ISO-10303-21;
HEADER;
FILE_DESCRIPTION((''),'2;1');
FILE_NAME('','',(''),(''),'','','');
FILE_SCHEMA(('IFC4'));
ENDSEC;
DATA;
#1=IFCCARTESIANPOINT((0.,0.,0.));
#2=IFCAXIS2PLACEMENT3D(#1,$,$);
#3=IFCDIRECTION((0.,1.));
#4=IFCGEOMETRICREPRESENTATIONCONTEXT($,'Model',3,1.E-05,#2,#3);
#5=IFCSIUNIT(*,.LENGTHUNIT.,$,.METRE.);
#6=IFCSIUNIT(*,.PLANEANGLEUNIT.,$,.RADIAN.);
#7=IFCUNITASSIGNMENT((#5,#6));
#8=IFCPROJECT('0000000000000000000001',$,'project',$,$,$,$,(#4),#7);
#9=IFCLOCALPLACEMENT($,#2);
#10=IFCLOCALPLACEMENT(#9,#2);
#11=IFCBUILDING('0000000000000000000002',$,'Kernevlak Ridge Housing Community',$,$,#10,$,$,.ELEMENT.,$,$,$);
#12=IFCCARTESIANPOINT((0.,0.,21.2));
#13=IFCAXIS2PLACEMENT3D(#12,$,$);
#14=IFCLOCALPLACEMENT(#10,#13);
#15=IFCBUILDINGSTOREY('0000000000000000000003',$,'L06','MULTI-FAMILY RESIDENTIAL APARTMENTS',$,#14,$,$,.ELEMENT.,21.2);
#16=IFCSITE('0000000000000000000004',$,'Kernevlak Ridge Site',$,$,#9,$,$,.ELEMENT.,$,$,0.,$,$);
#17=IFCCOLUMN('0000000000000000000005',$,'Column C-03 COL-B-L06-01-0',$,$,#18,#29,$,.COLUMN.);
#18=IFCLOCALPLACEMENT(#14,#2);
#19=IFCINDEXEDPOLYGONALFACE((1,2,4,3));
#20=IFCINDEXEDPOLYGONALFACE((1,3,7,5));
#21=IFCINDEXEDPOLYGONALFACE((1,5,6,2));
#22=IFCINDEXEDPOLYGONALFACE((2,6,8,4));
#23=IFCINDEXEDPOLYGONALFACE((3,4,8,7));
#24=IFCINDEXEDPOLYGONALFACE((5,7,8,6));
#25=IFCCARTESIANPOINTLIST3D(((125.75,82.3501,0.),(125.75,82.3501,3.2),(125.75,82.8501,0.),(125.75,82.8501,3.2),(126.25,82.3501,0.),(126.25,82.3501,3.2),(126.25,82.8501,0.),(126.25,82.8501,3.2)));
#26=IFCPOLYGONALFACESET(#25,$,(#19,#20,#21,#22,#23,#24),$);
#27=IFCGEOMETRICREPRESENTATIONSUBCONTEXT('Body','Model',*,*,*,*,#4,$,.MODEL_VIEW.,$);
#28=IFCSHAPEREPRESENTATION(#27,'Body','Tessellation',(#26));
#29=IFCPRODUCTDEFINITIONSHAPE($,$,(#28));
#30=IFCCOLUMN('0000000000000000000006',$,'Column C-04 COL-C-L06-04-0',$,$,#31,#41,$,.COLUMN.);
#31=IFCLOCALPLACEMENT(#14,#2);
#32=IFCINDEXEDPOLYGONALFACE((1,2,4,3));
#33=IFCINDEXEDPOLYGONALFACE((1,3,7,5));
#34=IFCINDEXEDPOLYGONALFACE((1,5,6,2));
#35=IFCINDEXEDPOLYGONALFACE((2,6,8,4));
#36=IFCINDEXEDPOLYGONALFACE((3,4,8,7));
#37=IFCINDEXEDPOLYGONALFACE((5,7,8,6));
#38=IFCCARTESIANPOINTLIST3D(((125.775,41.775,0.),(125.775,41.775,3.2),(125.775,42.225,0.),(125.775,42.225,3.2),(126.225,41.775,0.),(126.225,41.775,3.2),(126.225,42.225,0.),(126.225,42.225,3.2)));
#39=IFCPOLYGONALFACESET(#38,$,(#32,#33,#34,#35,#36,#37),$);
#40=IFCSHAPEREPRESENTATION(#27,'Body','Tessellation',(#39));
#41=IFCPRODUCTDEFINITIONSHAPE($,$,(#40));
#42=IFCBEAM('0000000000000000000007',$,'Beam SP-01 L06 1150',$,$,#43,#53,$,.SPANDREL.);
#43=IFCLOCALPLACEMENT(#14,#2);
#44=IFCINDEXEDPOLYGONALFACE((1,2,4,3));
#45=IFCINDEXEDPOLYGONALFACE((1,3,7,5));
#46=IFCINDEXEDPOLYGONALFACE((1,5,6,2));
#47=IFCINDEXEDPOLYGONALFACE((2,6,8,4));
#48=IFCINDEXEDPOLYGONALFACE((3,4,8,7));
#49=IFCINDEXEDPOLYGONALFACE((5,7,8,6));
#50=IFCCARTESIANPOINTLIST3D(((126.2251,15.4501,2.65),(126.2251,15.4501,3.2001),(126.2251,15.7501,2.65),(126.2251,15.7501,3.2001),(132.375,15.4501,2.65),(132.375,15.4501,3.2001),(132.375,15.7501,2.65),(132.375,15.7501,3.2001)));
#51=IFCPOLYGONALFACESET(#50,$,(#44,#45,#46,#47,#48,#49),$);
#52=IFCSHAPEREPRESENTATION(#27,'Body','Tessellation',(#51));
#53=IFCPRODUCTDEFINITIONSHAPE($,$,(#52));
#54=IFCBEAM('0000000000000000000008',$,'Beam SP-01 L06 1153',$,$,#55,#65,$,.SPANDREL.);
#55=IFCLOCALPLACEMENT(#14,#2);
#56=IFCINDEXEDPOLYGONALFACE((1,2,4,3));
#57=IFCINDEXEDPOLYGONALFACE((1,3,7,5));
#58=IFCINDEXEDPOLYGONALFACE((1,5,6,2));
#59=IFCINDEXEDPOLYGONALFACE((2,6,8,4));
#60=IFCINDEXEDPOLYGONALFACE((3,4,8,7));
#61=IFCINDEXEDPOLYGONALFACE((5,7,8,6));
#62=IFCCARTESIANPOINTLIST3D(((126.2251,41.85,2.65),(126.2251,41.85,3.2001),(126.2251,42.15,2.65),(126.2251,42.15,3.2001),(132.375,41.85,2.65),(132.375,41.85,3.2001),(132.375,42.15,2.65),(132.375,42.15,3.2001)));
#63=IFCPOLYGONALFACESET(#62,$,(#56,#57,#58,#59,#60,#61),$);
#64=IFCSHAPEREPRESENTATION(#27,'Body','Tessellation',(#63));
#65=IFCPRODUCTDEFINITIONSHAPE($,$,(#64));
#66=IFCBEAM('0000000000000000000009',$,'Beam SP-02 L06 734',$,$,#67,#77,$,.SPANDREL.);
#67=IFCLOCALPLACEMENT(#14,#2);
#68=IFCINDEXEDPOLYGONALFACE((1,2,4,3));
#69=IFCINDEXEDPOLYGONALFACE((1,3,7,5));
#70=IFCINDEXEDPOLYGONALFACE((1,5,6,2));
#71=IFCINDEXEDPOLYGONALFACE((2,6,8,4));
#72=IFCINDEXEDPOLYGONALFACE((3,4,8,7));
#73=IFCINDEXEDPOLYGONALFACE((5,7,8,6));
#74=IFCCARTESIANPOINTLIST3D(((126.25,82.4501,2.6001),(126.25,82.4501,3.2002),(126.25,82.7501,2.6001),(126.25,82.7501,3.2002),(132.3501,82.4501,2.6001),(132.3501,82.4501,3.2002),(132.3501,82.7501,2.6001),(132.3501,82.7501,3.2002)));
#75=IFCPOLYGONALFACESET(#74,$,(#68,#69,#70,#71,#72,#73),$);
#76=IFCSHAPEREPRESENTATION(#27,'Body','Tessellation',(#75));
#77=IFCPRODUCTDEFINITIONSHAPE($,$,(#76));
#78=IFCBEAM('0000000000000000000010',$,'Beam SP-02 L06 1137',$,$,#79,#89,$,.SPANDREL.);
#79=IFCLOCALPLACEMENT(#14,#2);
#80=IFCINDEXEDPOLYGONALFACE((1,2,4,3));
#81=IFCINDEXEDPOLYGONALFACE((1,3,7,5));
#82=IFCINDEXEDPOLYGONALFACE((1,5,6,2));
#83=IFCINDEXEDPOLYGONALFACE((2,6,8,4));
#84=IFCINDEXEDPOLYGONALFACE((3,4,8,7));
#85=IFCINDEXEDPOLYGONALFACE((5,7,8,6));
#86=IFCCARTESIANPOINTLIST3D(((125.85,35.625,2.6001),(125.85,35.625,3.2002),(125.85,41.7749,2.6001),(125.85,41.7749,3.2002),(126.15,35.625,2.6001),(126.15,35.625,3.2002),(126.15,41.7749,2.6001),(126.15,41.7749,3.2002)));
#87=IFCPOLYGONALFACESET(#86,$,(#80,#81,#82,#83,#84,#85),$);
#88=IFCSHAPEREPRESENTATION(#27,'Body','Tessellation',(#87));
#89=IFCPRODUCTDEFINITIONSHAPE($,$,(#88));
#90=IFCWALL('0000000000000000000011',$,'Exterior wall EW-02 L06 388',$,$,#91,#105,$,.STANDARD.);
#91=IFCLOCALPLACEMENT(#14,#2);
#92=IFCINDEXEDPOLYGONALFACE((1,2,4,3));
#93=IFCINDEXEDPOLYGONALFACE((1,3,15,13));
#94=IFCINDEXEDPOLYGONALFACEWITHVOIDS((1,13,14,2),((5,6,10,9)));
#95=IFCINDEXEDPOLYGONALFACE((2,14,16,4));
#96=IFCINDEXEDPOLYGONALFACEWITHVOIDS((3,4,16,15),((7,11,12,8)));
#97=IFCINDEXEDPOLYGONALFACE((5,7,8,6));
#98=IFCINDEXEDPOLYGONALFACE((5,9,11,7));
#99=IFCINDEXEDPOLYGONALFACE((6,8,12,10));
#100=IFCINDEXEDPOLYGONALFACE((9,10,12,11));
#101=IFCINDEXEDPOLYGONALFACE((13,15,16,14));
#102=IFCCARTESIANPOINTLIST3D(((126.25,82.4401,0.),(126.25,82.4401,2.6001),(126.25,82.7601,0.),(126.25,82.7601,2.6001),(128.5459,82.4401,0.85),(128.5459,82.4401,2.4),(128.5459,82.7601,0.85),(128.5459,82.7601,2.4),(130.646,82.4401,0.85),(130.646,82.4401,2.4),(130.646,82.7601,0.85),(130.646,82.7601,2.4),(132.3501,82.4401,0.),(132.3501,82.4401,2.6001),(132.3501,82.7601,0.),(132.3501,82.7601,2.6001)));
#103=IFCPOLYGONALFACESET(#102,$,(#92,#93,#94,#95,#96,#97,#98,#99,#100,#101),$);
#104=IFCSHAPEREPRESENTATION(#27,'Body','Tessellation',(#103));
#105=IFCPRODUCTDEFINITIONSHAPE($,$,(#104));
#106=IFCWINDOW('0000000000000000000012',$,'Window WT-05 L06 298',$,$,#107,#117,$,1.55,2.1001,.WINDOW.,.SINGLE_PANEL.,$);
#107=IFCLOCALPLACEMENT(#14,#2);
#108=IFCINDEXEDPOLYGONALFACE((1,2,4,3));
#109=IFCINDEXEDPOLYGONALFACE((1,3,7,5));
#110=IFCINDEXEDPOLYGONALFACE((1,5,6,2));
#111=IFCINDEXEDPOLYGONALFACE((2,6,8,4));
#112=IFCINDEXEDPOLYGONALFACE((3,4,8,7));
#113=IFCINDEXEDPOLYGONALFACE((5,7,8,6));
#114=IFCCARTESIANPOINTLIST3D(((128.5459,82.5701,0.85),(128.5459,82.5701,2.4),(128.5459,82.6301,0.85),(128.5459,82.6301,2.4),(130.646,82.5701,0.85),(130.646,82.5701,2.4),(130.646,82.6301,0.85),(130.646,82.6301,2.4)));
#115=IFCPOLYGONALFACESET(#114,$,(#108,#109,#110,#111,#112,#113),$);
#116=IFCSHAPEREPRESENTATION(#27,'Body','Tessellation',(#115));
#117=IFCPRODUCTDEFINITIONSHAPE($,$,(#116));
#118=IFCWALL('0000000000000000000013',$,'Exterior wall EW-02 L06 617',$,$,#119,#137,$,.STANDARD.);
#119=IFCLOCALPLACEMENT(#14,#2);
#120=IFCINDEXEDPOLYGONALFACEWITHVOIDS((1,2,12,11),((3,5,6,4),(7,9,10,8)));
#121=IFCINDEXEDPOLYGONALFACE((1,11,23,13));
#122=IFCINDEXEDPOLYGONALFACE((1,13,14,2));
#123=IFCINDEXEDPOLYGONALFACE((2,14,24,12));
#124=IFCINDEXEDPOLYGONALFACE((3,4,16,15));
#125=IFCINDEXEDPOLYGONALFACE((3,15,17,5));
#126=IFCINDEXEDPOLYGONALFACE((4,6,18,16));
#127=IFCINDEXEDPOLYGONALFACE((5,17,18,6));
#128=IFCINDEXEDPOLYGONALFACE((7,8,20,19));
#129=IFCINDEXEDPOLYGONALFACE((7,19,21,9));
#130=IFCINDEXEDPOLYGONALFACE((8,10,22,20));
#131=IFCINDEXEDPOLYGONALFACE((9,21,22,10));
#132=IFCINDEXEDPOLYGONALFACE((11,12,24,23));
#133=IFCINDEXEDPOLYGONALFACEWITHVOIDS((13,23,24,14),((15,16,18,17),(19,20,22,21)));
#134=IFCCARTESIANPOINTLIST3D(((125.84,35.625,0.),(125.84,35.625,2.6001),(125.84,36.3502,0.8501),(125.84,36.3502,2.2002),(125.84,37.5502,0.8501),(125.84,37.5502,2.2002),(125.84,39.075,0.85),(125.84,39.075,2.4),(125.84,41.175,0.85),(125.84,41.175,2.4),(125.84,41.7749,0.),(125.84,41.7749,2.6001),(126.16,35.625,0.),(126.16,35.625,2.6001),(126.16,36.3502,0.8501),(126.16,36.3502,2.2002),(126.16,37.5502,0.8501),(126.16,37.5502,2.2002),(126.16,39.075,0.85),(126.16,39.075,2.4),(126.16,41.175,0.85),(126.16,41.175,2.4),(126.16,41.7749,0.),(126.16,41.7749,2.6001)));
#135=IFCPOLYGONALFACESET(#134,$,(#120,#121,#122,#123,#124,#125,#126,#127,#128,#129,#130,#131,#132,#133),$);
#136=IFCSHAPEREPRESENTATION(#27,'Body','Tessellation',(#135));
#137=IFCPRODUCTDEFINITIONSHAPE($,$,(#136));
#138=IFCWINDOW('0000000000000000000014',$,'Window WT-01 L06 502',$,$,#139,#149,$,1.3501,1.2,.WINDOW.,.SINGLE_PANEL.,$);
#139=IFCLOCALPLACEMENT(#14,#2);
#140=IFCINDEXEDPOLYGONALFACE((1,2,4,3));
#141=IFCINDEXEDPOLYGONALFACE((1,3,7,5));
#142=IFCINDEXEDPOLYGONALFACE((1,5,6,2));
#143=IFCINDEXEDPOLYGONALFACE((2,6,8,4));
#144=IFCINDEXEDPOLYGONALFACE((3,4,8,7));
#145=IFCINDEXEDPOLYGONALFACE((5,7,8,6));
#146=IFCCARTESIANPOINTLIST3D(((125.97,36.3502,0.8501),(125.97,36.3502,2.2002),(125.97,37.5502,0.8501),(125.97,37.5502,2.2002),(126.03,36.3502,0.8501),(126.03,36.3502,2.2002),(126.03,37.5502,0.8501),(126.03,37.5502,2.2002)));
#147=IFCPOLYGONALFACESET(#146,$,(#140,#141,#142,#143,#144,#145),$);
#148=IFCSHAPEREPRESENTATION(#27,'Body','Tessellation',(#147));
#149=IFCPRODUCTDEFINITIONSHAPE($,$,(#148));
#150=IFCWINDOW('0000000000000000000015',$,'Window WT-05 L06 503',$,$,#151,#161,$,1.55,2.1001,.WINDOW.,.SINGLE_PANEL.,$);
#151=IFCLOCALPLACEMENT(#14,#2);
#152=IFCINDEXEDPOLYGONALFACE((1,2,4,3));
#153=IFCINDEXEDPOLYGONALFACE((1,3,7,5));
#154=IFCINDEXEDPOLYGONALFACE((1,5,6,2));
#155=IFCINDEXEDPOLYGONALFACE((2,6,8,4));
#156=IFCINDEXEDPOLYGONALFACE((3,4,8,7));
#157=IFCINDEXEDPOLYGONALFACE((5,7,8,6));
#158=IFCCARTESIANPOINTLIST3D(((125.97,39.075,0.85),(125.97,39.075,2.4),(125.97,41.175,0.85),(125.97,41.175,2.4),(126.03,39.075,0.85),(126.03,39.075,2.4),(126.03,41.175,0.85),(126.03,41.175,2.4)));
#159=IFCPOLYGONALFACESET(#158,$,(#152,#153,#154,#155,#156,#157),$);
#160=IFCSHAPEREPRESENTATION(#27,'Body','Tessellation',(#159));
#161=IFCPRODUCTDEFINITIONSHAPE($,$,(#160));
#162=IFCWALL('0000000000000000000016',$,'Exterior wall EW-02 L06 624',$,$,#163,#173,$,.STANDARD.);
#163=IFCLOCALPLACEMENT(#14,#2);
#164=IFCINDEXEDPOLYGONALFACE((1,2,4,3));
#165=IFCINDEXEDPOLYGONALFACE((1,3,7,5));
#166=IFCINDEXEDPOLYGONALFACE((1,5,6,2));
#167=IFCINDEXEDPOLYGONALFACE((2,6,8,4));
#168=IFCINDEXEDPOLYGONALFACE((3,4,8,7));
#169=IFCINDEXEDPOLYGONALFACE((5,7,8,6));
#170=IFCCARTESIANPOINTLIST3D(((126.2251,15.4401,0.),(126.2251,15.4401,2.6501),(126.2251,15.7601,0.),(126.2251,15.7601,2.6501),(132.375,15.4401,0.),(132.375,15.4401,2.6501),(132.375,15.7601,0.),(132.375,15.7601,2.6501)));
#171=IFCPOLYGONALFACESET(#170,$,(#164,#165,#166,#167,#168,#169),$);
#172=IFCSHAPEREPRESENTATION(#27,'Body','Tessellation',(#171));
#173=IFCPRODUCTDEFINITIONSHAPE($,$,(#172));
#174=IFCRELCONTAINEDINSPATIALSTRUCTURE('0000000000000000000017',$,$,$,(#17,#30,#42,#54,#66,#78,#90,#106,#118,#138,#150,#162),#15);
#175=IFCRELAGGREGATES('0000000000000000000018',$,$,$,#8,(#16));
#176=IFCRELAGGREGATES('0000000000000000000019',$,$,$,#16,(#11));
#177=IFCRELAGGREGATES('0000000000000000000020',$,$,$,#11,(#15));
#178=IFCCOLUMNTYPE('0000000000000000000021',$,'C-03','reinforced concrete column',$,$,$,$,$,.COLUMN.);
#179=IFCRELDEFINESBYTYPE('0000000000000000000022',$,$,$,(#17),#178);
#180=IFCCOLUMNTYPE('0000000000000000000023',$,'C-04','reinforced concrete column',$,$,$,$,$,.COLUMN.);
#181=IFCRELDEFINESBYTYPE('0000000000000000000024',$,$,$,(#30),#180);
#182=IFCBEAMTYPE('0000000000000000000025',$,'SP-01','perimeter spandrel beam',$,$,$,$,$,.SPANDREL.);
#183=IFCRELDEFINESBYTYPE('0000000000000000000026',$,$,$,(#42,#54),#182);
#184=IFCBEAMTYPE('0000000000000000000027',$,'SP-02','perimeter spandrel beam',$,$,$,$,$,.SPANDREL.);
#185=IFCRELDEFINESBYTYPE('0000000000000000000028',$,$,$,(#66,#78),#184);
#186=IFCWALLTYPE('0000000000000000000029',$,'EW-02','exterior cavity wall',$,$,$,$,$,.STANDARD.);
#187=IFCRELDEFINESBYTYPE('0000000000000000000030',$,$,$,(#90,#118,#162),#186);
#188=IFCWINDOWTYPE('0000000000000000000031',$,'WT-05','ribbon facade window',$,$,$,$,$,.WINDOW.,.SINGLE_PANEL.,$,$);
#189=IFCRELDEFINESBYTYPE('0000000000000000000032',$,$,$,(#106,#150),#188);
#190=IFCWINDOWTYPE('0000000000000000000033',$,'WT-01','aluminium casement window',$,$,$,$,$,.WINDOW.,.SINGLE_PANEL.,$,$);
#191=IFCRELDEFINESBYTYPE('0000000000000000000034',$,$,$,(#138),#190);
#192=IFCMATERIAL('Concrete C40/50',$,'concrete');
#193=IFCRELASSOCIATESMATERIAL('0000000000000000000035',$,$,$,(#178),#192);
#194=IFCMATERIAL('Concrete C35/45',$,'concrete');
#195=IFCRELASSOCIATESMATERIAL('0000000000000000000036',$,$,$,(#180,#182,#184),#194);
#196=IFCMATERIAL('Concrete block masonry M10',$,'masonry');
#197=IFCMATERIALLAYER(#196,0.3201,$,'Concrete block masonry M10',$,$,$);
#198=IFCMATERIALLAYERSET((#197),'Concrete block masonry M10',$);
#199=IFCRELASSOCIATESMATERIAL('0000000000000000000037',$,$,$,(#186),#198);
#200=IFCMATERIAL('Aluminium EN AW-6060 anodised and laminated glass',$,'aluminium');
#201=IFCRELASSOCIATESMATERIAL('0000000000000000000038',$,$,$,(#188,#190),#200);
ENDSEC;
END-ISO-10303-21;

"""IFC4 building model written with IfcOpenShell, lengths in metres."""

from ifc_helpers import new_model, si_unit, direction, frame, frame_2d, origin, origin_2d, place, context, subcontext, project, spatial, rectangle, extrude, material, layer, layer_set, material_profile, profile_set, type_object, element, fill, save


model = new_model("IFC4")

# Units and contexts
model_context = context("Model", 3, precision=1e-05, world=origin(), true_north=direction((0.0, 1.0)))
body_context = subcontext(model_context, "Body", "Model", "MODEL_VIEW")
ifc_project = project(units=[si_unit("LENGTHUNIT", "METRE"), si_unit("PLANEANGLEUNIT", "RADIAN")], contexts=[model_context])

# Site, building, storey
site_placement = place(None, origin())
site = spatial("IfcSite", under=ifc_project, at=site_placement, Name="Kernevlak Ridge Site", CompositionType="ELEMENT", RefElevation=0.0)
building_placement = place(site_placement, origin())
building = spatial("IfcBuilding", under=site, at=building_placement, Name="Kernevlak Ridge Housing Community", CompositionType="ELEMENT")
storey_placement = place(building_placement, frame((0.0, 0.0, 21.2)))
storey = spatial("IfcBuildingStorey", under=building, at=storey_placement, Name="L06", Description="MULTI-FAMILY RESIDENTIAL APARTMENTS", CompositionType="ELEMENT", Elevation=21.2)

# Columns
ifc_material_1 = material(Name="Concrete C40/50", Category="concrete")
ifc_material_profile_1 = material_profile(ifc_material_1, rectangle(XDim=0.5, YDim=0.5, at=origin_2d()), Name="RC 500x500")
ifc_profile_set_1 = profile_set([ifc_material_profile_1], Name="Concrete C40/50")
column_type_1 = type_object("IfcColumnType", Name="C-03", Description="reinforced concrete column", PredefinedType="COLUMN", material=ifc_profile_set_1)
column_1_placement = place(storey_placement, frame((126.0, 82.6001, 0.0), z_axis=(0.0, 0.0, 1.0), x_axis=(1.0, 0.0, 0.0)))
element("IfcColumn", 1, at=column_1_placement, inside=storey, type_object=column_type_1, Name="Column C-03 COL-B-L06-01-0", PredefinedType="COLUMN", context=body_context, shape_type="SweptSolid", body=[
    extrude(rectangle(XDim=0.5, YDim=0.5, at=origin_2d()), origin(), (0.0, 0.0, 1.0), 3.2),
])
ifc_material_2 = material(Name="Concrete C35/45", Category="concrete")
ifc_material_profile_2 = material_profile(ifc_material_2, rectangle(XDim=0.45, YDim=0.45, at=origin_2d()), Name="RC 450x450")
ifc_profile_set_2 = profile_set([ifc_material_profile_2], Name="Concrete C35/45")
column_type_2 = type_object("IfcColumnType", Name="C-04", Description="reinforced concrete column", PredefinedType="COLUMN", material=ifc_profile_set_2)
column_2_placement = place(storey_placement, frame((126.0, 42.0, 0.0), z_axis=(0.0, 0.0, 1.0), x_axis=(1.0, 0.0, 0.0)))
element("IfcColumn", 2, at=column_2_placement, inside=storey, type_object=column_type_2, Name="Column C-04 COL-C-L06-04-0", PredefinedType="COLUMN", context=body_context, shape_type="SweptSolid", body=[
    extrude(rectangle(XDim=0.45, YDim=0.45, at=origin_2d()), origin(), (0.0, 0.0, 1.0), 3.2),
])

# Beams
ifc_material_profile_3 = material_profile(ifc_material_2, rectangle(XDim=0.3, YDim=0.55, at=origin_2d()), Name="RC 300x550")
ifc_profile_set_3 = profile_set([ifc_material_profile_3], Name="Concrete C35/45")
beam_type_1 = type_object("IfcBeamType", Name="SP-01", Description="perimeter spandrel beam", PredefinedType="SPANDREL", material=ifc_profile_set_3)
for number, where, z_axis, x_axis, name in (
    (3, (126.2251, 15.6001, 2.925), (1.0, 0.0, 0.0), (0.0, 1.0, 0.0), "Beam SP-01 L06 1150"),
    (4, (126.2251, 42.0, 2.925), (1.0, 0.0, 0.0), (0.0, 1.0, 0.0), "Beam SP-01 L06 1153"),
):
    element("IfcBeam", number, at=place(storey_placement, frame(where, z_axis=z_axis, x_axis=x_axis)), inside=storey, type_object=beam_type_1, Name=name, PredefinedType="SPANDREL", context=body_context, shape_type="SweptSolid", body=[
        extrude(rectangle(XDim=0.3, YDim=0.55, at=origin_2d()), origin(), (0.0, 0.0, 1.0), 6.1499),
    ])
ifc_material_profile_4 = material_profile(ifc_material_2, rectangle(XDim=0.3, YDim=0.6001, at=origin_2d()), Name="RC 300x600")
ifc_profile_set_4 = profile_set([ifc_material_profile_4], Name="Concrete C35/45")
beam_type_2 = type_object("IfcBeamType", Name="SP-02", Description="perimeter spandrel beam", PredefinedType="SPANDREL", material=ifc_profile_set_4)
beam_1_placement = place(storey_placement, frame((126.25, 82.6001, 2.9001), z_axis=(1.0, 0.0, 0.0), x_axis=(0.0, 1.0, 0.0)))
element("IfcBeam", 5, at=beam_1_placement, inside=storey, type_object=beam_type_2, Name="Beam SP-02 L06 734", PredefinedType="SPANDREL", context=body_context, shape_type="SweptSolid", body=[
    extrude(rectangle(XDim=0.3, YDim=0.6001, at=origin_2d()), origin(), (0.0, 0.0, 1.0), 6.1001),
])
beam_2_placement = place(storey_placement, frame((126.0, 35.625, 2.9001), z_axis=(0.0, 1.0, 0.0), x_axis=(-1.0, 0.0, 0.0)))
element("IfcBeam", 6, at=beam_2_placement, inside=storey, type_object=beam_type_2, Name="Beam SP-02 L06 1137", PredefinedType="SPANDREL", context=body_context, shape_type="SweptSolid", body=[
    extrude(rectangle(XDim=0.3, YDim=0.6001, at=origin_2d()), origin(), (0.0, 0.0, 1.0), 6.1499),
])

# Wall, opening, window
ifc_material_3 = material(Name="Concrete block masonry M10", Category="masonry")
ifc_layer_1 = layer(ifc_material_3, 0.3201, Name="Concrete block masonry M10")
ifc_layer_set_1 = layer_set([ifc_layer_1], Name="Concrete block masonry M10")
wall_type_1 = type_object("IfcWallType", Name="EW-02", Description="exterior cavity wall", PredefinedType="STANDARD", material=ifc_layer_set_1)
wall_1_placement = place(storey_placement, frame((126.25, 82.6001, 0.0), z_axis=(0.0, 0.0, 1.0), x_axis=(1.0, 0.0, 0.0)))
wall_1 = element("IfcWall", 7, at=wall_1_placement, inside=storey, type_object=wall_type_1, Name="Exterior wall EW-02 L06 388", PredefinedType="STANDARD", context=body_context, shape_type="SweptSolid", body=[
    extrude(rectangle(XDim=6.1001, YDim=0.3201, at=frame_2d((3.05, 0.0))), origin(), (0.0, 0.0, 1.0), 2.6001),
])
opening_1_placement = place(wall_1_placement, frame((2.2959, 0.0, 0.8501)))
opening_1 = element("IfcOpeningElement", 8, at=opening_1_placement, cuts=wall_1, PredefinedType="OPENING", context=body_context, shape_type="SweptSolid", body=[
    extrude(rectangle(XDim=2.1001, YDim=1.55, at=frame_2d((1.05, 0.7749))), frame((0.0, 0.1699, 0.0), z_axis=(0.0, -1.0, 0.0), x_axis=(1.0, 0.0, 0.0)), (0.0, 0.0, 1.0), 0.3401),
])
ifc_material_4 = material(Name="Aluminium EN AW-6060 anodised and laminated glass", Category="aluminium")
window_type_1 = type_object("IfcWindowType", Name="WT-05", Description="ribbon facade window", PartitioningType="SINGLE_PANEL", PredefinedType="WINDOW", material=ifc_material_4)
window_1_placement = place(opening_1_placement, origin())
window_1 = element("IfcWindow", 9, at=window_1_placement, inside=storey, type_object=window_type_1, Name="Window WT-05 L06 298", OverallHeight=1.55, OverallWidth=2.1001, PartitioningType="SINGLE_PANEL", PredefinedType="WINDOW", context=body_context, shape_type="SweptSolid", body=[
    extrude(rectangle(XDim=2.1001, YDim=1.55, at=frame_2d((1.05, 0.7749))), frame((0.0, 0.03, 0.0), z_axis=(0.0, -1.0, 0.0), x_axis=(1.0, 0.0, 0.0)), (0.0, 0.0, 1.0), 0.0601),
])
fill(opening_1, window_1)

# Wall, openings, windows
wall_2_placement = place(storey_placement, frame((126.0, 35.625, 0.0), z_axis=(0.0, 0.0, 1.0), x_axis=(0.0, 1.0, 0.0)))
wall_2 = element("IfcWall", 10, at=wall_2_placement, inside=storey, type_object=wall_type_1, Name="Exterior wall EW-02 L06 617", PredefinedType="STANDARD", context=body_context, shape_type="SweptSolid", body=[
    extrude(rectangle(XDim=6.1499, YDim=0.3201, at=frame_2d((3.075, 0.0))), origin(), (0.0, 0.0, 1.0), 2.6001),
])
opening_2_placement = place(wall_2_placement, frame((0.7251, 0.0, 0.8501)))
opening_2 = element("IfcOpeningElement", 11, at=opening_2_placement, cuts=wall_2, PredefinedType="OPENING", context=body_context, shape_type="SweptSolid", body=[
    extrude(rectangle(XDim=1.2, YDim=1.3501, at=frame_2d((0.6001, 0.675))), frame((0.0, 0.1699, 0.0), z_axis=(0.0, -1.0, 0.0), x_axis=(1.0, 0.0, 0.0)), (0.0, 0.0, 1.0), 0.3401),
])
opening_3_placement = place(wall_2_placement, frame((3.45, 0.0, 0.8501)))
opening_3 = element("IfcOpeningElement", 12, at=opening_3_placement, cuts=wall_2, PredefinedType="OPENING", context=body_context, shape_type="SweptSolid", body=[
    extrude(rectangle(XDim=2.1001, YDim=1.55, at=frame_2d((1.05, 0.7749))), frame((0.0, 0.1699, 0.0), z_axis=(0.0, -1.0, 0.0), x_axis=(1.0, 0.0, 0.0)), (0.0, 0.0, 1.0), 0.3401),
])
window_type_2 = type_object("IfcWindowType", Name="WT-01", Description="aluminium casement window", PartitioningType="SINGLE_PANEL", PredefinedType="WINDOW", material=ifc_material_4)
window_2_placement = place(opening_2_placement, origin())
window_2 = element("IfcWindow", 13, at=window_2_placement, inside=storey, type_object=window_type_2, Name="Window WT-01 L06 502", OverallHeight=1.3501, OverallWidth=1.2, PartitioningType="SINGLE_PANEL", PredefinedType="WINDOW", context=body_context, shape_type="SweptSolid", body=[
    extrude(rectangle(XDim=1.2, YDim=1.3501, at=frame_2d((0.6001, 0.675))), frame((0.0, 0.03, 0.0), z_axis=(0.0, -1.0, 0.0), x_axis=(1.0, 0.0, 0.0)), (0.0, 0.0, 1.0), 0.0601),
])
fill(opening_2, window_2)
window_3_placement = place(opening_3_placement, origin())
window_3 = element("IfcWindow", 14, at=window_3_placement, inside=storey, type_object=window_type_1, Name="Window WT-05 L06 503", OverallHeight=1.55, OverallWidth=2.1001, PartitioningType="SINGLE_PANEL", PredefinedType="WINDOW", context=body_context, shape_type="SweptSolid", body=[
    extrude(rectangle(XDim=2.1001, YDim=1.55, at=frame_2d((1.05, 0.7749))), frame((0.0, 0.03, 0.0), z_axis=(0.0, -1.0, 0.0), x_axis=(1.0, 0.0, 0.0)), (0.0, 0.0, 1.0), 0.0601),
])
fill(opening_3, window_3)

# Wall
for number, where, z_axis, x_axis, name in (
    (15, (126.2251, 15.6001, 0.0), (0.0, 0.0, 1.0), (1.0, 0.0, 0.0), "Exterior wall EW-02 L06 624"),
):
    element("IfcWall", number, at=place(storey_placement, frame(where, z_axis=z_axis, x_axis=x_axis)), inside=storey, type_object=wall_type_1, Name=name, PredefinedType="STANDARD", context=body_context, shape_type="SweptSolid", body=[
        extrude(rectangle(XDim=6.1499, YDim=0.3201, at=frame_2d((3.075, 0.0))), origin(), (0.0, 0.0, 1.0), 2.6501),
    ])

save(model, "model.ifc")
